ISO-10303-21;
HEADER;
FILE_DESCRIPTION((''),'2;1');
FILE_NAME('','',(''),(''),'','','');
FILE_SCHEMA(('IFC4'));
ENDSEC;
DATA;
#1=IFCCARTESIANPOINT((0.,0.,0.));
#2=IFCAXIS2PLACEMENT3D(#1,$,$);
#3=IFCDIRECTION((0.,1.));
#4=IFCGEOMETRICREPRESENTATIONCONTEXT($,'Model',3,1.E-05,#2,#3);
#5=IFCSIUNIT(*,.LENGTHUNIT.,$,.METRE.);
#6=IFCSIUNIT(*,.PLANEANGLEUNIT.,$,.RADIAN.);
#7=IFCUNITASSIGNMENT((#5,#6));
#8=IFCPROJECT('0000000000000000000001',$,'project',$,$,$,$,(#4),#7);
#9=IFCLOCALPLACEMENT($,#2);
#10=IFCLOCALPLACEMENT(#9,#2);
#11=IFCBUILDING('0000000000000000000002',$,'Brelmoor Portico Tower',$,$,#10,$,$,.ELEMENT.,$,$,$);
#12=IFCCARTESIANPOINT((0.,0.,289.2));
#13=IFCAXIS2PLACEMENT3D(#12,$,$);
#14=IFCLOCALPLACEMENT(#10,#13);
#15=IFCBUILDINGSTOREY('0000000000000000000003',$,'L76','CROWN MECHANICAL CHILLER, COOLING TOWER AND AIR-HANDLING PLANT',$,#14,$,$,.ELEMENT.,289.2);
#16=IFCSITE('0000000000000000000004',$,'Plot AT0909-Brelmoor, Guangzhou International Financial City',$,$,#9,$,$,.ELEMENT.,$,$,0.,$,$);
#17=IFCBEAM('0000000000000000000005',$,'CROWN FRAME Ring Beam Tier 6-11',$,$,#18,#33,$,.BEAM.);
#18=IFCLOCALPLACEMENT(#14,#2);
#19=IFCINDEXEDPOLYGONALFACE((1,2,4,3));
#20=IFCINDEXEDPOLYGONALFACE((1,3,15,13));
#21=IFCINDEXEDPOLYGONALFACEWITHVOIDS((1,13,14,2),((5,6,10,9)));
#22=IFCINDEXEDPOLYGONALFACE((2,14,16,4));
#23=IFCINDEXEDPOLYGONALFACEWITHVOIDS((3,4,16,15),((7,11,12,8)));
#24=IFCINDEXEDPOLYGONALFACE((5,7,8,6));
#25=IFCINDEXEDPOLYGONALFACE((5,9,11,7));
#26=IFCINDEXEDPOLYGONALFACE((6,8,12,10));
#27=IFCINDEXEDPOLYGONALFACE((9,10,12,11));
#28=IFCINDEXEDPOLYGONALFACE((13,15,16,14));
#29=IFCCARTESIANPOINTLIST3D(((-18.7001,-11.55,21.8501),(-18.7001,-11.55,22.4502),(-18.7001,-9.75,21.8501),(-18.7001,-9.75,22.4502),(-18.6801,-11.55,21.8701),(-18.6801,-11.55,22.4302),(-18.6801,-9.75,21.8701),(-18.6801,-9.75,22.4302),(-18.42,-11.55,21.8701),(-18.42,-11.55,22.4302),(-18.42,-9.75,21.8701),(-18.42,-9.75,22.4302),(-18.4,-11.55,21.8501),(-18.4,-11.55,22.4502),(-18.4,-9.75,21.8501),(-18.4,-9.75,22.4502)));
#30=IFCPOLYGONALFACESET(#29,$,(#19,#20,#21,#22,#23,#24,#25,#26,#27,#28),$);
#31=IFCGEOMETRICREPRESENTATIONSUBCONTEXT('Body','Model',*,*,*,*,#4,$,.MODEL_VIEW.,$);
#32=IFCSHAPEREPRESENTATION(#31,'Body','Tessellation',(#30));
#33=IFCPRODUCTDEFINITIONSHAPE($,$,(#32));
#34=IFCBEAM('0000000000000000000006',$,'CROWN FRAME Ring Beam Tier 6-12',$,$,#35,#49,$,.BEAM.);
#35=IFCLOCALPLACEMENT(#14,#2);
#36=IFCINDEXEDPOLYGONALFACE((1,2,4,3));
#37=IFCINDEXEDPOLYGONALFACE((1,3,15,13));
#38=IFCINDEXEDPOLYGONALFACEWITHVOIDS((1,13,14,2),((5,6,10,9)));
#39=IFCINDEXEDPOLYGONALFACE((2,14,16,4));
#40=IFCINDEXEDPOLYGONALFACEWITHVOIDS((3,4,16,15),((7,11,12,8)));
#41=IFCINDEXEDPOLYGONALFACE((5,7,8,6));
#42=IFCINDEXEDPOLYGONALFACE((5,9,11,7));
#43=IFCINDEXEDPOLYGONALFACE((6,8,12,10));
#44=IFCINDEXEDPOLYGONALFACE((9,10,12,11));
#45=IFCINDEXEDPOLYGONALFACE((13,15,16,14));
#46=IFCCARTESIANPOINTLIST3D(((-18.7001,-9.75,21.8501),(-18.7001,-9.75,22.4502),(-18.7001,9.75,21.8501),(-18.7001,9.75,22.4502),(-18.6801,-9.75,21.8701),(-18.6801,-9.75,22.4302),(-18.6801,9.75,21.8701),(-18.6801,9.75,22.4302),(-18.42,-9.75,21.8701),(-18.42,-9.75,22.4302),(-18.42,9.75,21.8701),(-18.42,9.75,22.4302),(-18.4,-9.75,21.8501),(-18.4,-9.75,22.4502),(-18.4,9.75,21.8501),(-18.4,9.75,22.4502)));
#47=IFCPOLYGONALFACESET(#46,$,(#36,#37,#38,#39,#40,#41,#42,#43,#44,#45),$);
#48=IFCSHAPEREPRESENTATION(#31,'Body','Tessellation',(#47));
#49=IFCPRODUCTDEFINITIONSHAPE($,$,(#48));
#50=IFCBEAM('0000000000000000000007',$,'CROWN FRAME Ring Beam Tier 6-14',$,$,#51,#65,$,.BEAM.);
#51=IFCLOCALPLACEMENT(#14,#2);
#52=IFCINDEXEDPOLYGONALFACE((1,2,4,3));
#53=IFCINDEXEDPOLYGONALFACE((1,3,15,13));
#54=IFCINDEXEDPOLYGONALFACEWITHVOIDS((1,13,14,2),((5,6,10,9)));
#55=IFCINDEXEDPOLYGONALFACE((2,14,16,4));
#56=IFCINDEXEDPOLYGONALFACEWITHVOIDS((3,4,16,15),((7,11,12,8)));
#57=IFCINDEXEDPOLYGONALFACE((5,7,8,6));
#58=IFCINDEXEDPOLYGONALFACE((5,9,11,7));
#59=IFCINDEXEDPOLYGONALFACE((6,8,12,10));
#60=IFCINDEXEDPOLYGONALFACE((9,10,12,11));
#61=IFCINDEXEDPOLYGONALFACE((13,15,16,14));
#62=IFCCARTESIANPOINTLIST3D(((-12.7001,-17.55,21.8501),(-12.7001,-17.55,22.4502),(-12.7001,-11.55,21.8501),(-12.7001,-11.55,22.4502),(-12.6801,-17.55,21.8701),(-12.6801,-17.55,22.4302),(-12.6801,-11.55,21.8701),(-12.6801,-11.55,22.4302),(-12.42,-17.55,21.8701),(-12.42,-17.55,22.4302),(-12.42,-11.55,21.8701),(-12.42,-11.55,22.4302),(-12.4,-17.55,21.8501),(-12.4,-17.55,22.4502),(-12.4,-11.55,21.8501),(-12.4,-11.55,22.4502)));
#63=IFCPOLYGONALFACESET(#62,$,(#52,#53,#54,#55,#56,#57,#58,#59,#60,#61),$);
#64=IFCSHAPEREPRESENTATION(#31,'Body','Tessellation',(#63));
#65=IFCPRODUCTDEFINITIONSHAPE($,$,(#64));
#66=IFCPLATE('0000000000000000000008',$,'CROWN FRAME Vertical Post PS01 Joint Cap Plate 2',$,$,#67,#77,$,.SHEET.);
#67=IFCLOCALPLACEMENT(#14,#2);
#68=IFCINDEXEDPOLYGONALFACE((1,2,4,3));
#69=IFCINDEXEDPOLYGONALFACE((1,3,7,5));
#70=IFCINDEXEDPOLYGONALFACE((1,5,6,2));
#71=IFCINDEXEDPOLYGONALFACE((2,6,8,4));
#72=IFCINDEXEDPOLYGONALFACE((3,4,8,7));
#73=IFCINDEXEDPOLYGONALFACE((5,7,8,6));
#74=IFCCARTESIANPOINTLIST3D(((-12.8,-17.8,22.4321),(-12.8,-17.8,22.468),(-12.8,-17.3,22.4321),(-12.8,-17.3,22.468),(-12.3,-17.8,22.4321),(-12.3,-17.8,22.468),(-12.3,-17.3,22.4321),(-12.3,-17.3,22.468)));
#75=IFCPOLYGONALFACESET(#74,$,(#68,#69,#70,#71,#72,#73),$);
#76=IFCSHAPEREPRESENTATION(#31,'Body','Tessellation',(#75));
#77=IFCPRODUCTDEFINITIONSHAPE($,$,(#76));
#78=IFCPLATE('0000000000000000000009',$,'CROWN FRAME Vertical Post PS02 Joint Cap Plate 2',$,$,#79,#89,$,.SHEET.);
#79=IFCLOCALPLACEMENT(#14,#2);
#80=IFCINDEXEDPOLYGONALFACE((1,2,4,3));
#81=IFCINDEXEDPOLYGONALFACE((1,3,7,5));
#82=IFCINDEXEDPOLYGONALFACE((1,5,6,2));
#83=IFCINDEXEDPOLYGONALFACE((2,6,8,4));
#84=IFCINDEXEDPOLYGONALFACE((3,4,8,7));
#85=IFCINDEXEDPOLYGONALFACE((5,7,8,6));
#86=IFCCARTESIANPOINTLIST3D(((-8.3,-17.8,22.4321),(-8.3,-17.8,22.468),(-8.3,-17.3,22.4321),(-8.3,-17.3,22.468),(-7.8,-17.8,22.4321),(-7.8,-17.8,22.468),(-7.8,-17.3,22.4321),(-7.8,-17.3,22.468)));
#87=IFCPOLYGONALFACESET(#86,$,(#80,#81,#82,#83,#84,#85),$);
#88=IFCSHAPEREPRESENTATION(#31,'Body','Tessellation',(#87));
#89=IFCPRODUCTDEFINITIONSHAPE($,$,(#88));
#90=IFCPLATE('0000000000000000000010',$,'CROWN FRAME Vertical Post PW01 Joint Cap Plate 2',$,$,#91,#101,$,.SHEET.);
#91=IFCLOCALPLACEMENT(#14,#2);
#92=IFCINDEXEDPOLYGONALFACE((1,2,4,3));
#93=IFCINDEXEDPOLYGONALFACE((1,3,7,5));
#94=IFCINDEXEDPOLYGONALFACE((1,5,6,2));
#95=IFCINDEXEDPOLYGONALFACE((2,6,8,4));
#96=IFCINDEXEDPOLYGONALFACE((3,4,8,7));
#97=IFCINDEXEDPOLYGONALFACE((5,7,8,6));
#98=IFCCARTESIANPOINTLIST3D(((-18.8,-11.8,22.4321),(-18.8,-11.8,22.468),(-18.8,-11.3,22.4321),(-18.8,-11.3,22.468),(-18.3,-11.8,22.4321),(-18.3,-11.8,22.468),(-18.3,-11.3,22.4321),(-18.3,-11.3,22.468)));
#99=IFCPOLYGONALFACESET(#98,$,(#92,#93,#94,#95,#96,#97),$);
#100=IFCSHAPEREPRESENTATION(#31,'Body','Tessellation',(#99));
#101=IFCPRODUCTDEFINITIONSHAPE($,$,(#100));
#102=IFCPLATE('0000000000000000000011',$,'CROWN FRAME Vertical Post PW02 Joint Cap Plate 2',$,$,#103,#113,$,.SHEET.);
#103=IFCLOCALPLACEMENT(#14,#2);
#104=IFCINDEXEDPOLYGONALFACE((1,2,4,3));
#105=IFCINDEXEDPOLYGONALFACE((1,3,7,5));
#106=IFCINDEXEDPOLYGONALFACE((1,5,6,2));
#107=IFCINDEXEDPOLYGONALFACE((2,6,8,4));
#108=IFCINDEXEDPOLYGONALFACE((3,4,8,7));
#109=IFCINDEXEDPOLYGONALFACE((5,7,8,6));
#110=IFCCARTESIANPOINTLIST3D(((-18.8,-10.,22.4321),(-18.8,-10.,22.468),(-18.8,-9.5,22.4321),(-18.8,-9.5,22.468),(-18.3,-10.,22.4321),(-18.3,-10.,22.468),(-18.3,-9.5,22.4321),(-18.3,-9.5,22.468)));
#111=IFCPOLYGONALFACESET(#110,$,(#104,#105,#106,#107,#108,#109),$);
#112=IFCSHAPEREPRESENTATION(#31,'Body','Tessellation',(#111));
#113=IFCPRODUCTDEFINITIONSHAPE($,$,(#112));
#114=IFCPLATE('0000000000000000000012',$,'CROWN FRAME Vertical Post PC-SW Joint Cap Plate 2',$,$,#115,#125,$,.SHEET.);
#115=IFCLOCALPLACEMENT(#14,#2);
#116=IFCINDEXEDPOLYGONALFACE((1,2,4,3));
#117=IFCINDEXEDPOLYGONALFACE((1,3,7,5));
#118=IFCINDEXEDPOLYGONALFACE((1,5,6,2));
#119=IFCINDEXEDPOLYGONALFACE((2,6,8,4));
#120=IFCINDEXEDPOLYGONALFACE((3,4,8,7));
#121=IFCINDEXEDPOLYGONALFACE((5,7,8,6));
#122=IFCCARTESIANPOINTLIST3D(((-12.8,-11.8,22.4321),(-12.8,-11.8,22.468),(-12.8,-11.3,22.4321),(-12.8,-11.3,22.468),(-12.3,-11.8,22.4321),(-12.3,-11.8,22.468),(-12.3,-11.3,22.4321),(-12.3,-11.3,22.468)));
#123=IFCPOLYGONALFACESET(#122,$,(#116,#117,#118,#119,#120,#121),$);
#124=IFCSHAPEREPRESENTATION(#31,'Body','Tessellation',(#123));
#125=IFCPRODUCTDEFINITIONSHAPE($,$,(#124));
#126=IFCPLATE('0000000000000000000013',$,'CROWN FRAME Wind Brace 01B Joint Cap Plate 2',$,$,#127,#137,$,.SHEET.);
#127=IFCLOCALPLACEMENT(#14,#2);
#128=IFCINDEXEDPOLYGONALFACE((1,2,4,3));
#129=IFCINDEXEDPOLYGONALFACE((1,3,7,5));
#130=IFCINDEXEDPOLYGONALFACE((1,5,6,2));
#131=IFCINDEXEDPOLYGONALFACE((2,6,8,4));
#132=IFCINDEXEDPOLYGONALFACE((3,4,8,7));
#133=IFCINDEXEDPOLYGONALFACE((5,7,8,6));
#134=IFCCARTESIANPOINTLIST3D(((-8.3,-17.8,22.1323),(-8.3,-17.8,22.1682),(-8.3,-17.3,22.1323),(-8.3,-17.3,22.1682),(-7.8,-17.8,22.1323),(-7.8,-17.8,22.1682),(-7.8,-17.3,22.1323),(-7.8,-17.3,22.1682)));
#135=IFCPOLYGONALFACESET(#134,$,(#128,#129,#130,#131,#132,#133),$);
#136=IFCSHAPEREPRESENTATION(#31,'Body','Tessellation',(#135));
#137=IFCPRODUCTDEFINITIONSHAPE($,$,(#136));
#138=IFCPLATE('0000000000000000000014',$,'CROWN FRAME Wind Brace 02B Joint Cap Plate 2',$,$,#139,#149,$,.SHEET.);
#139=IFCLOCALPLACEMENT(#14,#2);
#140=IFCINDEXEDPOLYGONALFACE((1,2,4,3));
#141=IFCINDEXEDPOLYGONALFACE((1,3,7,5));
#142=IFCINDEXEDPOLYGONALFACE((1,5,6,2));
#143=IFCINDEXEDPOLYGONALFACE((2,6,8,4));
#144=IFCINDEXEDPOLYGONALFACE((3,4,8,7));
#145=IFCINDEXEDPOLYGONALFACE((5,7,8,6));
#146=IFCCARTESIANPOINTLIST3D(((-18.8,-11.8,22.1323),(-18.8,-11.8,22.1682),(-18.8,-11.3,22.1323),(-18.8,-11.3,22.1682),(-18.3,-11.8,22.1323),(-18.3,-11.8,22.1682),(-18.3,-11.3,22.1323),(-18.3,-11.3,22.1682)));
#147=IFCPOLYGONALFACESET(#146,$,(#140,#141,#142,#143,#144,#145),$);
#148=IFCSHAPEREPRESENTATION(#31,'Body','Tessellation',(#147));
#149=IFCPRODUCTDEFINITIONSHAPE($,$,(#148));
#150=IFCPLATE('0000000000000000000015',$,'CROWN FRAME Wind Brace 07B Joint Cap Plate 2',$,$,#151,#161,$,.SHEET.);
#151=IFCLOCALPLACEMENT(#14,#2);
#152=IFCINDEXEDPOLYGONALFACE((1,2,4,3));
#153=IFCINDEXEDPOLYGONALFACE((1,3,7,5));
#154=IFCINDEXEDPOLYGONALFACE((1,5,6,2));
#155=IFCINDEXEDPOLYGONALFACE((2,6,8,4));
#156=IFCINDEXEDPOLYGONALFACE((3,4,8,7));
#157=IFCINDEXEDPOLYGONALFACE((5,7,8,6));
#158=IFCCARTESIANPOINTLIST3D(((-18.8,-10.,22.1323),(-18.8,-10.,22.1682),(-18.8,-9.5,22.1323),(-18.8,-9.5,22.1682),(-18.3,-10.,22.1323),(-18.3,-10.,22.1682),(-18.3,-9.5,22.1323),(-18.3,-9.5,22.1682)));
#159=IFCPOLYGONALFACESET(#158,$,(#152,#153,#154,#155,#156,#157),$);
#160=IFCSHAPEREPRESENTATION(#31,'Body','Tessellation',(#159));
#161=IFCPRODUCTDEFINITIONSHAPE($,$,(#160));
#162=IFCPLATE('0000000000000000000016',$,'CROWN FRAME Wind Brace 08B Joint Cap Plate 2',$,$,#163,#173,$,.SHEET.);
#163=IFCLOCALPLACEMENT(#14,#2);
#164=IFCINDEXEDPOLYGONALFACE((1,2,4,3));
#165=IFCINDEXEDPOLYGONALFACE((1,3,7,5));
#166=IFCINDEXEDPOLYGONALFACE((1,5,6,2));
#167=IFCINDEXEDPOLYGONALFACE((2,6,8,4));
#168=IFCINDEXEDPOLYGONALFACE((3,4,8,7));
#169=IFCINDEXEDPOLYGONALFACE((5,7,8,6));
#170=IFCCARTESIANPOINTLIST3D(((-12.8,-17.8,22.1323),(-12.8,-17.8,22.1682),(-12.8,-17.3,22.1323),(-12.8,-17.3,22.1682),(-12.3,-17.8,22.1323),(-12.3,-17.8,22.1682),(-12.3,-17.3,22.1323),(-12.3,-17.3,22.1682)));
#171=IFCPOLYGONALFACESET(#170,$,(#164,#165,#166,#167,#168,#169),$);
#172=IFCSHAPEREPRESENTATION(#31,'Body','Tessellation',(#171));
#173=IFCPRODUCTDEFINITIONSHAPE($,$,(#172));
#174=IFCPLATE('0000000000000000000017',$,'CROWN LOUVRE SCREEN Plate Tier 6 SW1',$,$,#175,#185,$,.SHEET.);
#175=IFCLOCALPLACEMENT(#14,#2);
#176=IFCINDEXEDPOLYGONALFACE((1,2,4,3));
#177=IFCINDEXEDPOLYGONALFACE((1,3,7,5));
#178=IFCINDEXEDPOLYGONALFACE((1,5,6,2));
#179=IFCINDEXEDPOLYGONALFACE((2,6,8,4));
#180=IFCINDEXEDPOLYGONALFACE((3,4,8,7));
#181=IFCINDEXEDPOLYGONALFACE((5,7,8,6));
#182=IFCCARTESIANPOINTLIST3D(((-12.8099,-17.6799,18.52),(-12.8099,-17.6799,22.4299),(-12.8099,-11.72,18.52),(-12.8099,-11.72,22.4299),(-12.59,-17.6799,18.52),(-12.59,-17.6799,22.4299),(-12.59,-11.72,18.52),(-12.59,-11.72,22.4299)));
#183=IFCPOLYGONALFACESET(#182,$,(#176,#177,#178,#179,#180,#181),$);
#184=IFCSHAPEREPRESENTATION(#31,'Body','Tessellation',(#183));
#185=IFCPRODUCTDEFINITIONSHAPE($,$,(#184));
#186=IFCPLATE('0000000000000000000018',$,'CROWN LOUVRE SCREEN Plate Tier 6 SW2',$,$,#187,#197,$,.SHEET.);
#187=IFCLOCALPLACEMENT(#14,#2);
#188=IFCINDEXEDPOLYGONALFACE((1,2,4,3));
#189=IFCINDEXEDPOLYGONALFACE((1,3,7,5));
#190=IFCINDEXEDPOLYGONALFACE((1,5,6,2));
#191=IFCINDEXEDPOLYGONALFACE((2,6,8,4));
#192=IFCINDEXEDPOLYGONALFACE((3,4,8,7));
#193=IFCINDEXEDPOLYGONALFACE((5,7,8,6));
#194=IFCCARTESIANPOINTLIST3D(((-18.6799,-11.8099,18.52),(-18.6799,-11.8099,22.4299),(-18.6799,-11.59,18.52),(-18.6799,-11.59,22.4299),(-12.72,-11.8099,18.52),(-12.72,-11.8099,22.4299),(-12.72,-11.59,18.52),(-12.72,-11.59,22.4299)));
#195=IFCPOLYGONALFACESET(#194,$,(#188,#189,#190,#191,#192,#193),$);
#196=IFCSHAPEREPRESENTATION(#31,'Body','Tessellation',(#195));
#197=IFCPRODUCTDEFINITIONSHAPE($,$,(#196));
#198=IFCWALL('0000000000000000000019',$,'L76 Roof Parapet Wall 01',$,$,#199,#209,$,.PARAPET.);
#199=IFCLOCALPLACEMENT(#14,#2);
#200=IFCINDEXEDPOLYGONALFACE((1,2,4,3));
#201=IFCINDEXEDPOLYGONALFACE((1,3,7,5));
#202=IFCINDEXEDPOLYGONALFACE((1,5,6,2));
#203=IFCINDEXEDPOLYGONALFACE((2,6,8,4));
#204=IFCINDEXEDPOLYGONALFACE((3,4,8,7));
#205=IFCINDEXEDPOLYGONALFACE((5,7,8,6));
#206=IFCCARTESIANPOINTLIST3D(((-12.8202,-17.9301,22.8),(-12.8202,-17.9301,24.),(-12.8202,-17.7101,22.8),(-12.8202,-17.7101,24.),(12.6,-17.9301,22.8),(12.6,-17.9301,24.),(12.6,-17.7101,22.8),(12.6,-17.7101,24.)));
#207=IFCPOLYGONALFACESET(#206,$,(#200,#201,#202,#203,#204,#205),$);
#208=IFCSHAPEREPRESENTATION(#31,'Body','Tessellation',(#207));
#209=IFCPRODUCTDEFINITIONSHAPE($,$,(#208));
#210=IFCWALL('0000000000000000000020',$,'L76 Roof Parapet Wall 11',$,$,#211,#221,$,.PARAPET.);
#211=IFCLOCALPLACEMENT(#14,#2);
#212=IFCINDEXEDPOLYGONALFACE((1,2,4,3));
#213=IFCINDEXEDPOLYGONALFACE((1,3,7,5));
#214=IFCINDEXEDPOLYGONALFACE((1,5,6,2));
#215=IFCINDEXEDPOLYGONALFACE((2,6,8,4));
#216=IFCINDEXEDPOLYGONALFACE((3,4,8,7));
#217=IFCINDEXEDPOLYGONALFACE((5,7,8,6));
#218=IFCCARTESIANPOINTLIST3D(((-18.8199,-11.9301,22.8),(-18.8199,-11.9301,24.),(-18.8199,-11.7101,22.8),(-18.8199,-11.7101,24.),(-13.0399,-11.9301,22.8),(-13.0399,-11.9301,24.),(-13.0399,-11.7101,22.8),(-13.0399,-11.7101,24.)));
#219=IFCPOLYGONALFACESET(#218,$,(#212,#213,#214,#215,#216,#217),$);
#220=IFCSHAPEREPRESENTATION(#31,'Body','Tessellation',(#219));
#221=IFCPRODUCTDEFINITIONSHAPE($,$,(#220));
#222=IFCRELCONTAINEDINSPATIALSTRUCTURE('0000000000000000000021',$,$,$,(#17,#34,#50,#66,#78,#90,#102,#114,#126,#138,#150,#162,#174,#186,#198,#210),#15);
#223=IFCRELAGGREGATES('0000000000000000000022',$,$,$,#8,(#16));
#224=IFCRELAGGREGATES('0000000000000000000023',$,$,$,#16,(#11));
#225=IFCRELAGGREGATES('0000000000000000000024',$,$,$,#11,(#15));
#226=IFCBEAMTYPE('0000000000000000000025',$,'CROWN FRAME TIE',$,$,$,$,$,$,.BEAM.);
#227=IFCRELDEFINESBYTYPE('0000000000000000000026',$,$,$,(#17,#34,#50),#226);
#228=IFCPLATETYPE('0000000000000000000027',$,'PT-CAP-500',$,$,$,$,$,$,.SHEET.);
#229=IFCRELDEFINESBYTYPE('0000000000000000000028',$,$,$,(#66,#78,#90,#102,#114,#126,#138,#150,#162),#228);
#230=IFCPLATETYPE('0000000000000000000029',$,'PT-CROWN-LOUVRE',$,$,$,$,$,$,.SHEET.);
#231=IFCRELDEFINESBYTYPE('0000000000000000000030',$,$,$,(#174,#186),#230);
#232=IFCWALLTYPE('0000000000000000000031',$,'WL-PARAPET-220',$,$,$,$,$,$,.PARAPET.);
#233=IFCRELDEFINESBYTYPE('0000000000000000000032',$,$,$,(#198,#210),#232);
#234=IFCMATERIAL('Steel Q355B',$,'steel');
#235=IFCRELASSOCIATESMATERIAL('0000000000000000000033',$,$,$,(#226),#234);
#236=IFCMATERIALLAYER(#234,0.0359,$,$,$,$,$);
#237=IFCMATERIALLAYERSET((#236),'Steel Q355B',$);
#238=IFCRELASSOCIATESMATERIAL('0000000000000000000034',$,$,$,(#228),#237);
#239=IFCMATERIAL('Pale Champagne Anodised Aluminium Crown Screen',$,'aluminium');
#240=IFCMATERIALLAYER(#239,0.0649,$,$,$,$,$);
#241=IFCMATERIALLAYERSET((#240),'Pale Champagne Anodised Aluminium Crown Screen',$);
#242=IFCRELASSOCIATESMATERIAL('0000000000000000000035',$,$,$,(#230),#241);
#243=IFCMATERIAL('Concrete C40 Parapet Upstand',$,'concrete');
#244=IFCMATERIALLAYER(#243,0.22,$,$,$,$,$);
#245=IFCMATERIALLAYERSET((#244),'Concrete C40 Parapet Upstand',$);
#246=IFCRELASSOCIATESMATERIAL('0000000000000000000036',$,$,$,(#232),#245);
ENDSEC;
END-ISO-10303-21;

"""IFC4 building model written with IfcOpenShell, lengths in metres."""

from ifc_helpers import new_model, si_unit, direction, frame, frame_2d, origin, origin_2d, place, context, subcontext, project, spatial, rectangle, hollow_rectangle, extrude, material, layer, layer_set, material_profile, profile_set, type_object, element, save


model = new_model("IFC4")

# Units and contexts
model_context = context("Model", 3, precision=1e-05, world=origin(), true_north=direction((0.0, 1.0)))
body_context = subcontext(model_context, "Body", "Model", "MODEL_VIEW")
ifc_project = project(units=[si_unit("LENGTHUNIT", "METRE"), si_unit("PLANEANGLEUNIT", "RADIAN")], contexts=[model_context])

# Site, building, storey
site_placement = place(None, origin())
site = spatial("IfcSite", under=ifc_project, at=site_placement, Name="Plot AT0909-Brelmoor, Guangzhou International Financial City", CompositionType="ELEMENT", RefElevation=0.0)
building_placement = place(site_placement, origin())
building = spatial("IfcBuilding", under=site, at=building_placement, Name="Brelmoor Portico Tower", CompositionType="ELEMENT")
storey_placement = place(building_placement, frame((0.0, 0.0, 289.2)))
storey = spatial("IfcBuildingStorey", under=building, at=storey_placement, Name="L76", Description="CROWN MECHANICAL CHILLER, COOLING TOWER AND AIR-HANDLING PLANT", CompositionType="ELEMENT", Elevation=289.2)

# Beams
ifc_material_1 = material(Name="Steel Q355B", Category="steel")
ifc_material_profile_1 = material_profile(ifc_material_1, hollow_rectangle(XDim=0.3, YDim=0.6001, WallThickness=0.02, at=origin_2d()), Name="RHS 300x600x20")
ifc_profile_set_1 = profile_set([ifc_material_profile_1], Name="Steel Q355B")
beam_type_1 = type_object("IfcBeamType", Name="CROWN FRAME TIE", PredefinedType="BEAM", material=ifc_profile_set_1)
beam_1_placement = place(storey_placement, frame((-18.55, -11.55, 22.1501), z_axis=(0.0, 1.0, 0.0), x_axis=(-1.0, 0.0, 0.0)))
element("IfcBeam", 1, at=beam_1_placement, inside=storey, type_object=beam_type_1, Name="CROWN FRAME Ring Beam Tier 6-11", PredefinedType="BEAM", context=body_context, shape_type="SweptSolid", body=[
    extrude(hollow_rectangle(XDim=0.3, YDim=0.6001, WallThickness=0.02, at=origin_2d()), origin(), (0.0, 0.0, 1.0), 1.8),
])
beam_2_placement = place(storey_placement, frame((-18.55, -9.75, 22.1501), z_axis=(0.0, 1.0, 0.0), x_axis=(-1.0, 0.0, 0.0)))
element("IfcBeam", 2, at=beam_2_placement, inside=storey, type_object=beam_type_1, Name="CROWN FRAME Ring Beam Tier 6-12", PredefinedType="BEAM", context=body_context, shape_type="SweptSolid", body=[
    extrude(hollow_rectangle(XDim=0.3, YDim=0.6001, WallThickness=0.02, at=origin_2d()), origin(), (0.0, 0.0, 1.0), 19.5),
])
beam_3_placement = place(storey_placement, frame((-12.55, -17.55, 22.1501), z_axis=(0.0, 1.0, 0.0), x_axis=(-1.0, 0.0, 0.0)))
element("IfcBeam", 3, at=beam_3_placement, inside=storey, type_object=beam_type_1, Name="CROWN FRAME Ring Beam Tier 6-14", PredefinedType="BEAM", context=body_context, shape_type="SweptSolid", body=[
    extrude(hollow_rectangle(XDim=0.3, YDim=0.6001, WallThickness=0.02, at=origin_2d()), origin(), (0.0, 0.0, 1.0), 6.0),
])

# Plates
ifc_layer_1 = layer(ifc_material_1, 0.0359)
ifc_layer_set_1 = layer_set([ifc_layer_1], Name="Steel Q355B")
plate_type_1 = type_object("IfcPlateType", Name="PT-CAP-500", PredefinedType="SHEET", material=ifc_layer_set_1)
for number, where, z_axis, x_axis, name in (
    (4, (-12.55, -17.55, 22.4321), (0.0, 0.0, 1.0), (1.0, 0.0, 0.0), "CROWN FRAME Vertical Post PS01 Joint Cap Plate 2"),
    (5, (-8.05, -17.55, 22.4321), (0.0, 0.0, 1.0), (1.0, 0.0, 0.0), "CROWN FRAME Vertical Post PS02 Joint Cap Plate 2"),
    (6, (-18.55, -11.55, 22.4321), (0.0, 0.0, 1.0), (1.0, 0.0, 0.0), "CROWN FRAME Vertical Post PW01 Joint Cap Plate 2"),
    (7, (-18.55, -9.75, 22.4321), (0.0, 0.0, 1.0), (1.0, 0.0, 0.0), "CROWN FRAME Vertical Post PW02 Joint Cap Plate 2"),
    (8, (-12.55, -11.55, 22.4321), (0.0, 0.0, 1.0), (1.0, 0.0, 0.0), "CROWN FRAME Vertical Post PC-SW Joint Cap Plate 2"),
    (9, (-8.05, -17.55, 22.1323), (0.0, 0.0, 1.0), (1.0, 0.0, 0.0), "CROWN FRAME Wind Brace 01B Joint Cap Plate 2"),
    (10, (-18.55, -11.55, 22.1323), (0.0, 0.0, 1.0), (1.0, 0.0, 0.0), "CROWN FRAME Wind Brace 02B Joint Cap Plate 2"),
    (11, (-18.55, -9.75, 22.1323), (0.0, 0.0, 1.0), (1.0, 0.0, 0.0), "CROWN FRAME Wind Brace 07B Joint Cap Plate 2"),
    (12, (-12.55, -17.55, 22.1323), (0.0, 0.0, 1.0), (1.0, 0.0, 0.0), "CROWN FRAME Wind Brace 08B Joint Cap Plate 2"),
):
    element("IfcPlate", number, at=place(storey_placement, frame(where, z_axis=z_axis, x_axis=x_axis)), inside=storey, type_object=plate_type_1, Name=name, PredefinedType="SHEET", context=body_context, shape_type="SweptSolid", body=[
        extrude(rectangle(XDim=0.5, YDim=0.5, at=origin_2d()), origin(), (0.0, 0.0, 1.0), 0.0359),
    ])
ifc_material_2 = material(Name="Pale Champagne Anodised Aluminium Crown Screen", Category="aluminium")
ifc_layer_2 = layer(ifc_material_2, 0.0649)
ifc_layer_set_2 = layer_set([ifc_layer_2], Name="Pale Champagne Anodised Aluminium Crown Screen")
plate_type_2 = type_object("IfcPlateType", Name="PT-CROWN-LOUVRE", PredefinedType="SHEET", material=ifc_layer_set_2)
for number, where, z_axis, x_axis, name in (
    (13, (-12.7, -14.7, 18.52), (0.0, 0.0, 1.0), (0.0, 1.0, 0.0), "CROWN LOUVRE SCREEN Plate Tier 6 SW1"),
    (14, (-15.7, -11.7, 18.52), (0.0, 0.0, 1.0), (1.0, 0.0, 0.0), "CROWN LOUVRE SCREEN Plate Tier 6 SW2"),
):
    element("IfcPlate", number, at=place(storey_placement, frame(where, z_axis=z_axis, x_axis=x_axis)), inside=storey, type_object=plate_type_2, Name=name, PredefinedType="SHEET", context=body_context, shape_type="SweptSolid", body=[
        extrude(rectangle(XDim=5.96, YDim=0.22, at=origin_2d()), origin(), (0.0, 0.0, 1.0), 3.9099),
    ])

# Walls
ifc_material_3 = material(Name="Concrete C40 Parapet Upstand", Category="concrete")
ifc_layer_3 = layer(ifc_material_3, 0.22)
ifc_layer_set_3 = layer_set([ifc_layer_3], Name="Concrete C40 Parapet Upstand")
wall_type = type_object("IfcWallType", Name="WL-PARAPET-220", PredefinedType="PARAPET", material=ifc_layer_set_3)
wall_placement = place(storey_placement, frame((-12.8201, -17.8201, 22.8), z_axis=(0.0, 0.0, 1.0), x_axis=(1.0, 0.0, 0.0)))
element("IfcWall", 15, at=wall_placement, inside=storey, type_object=wall_type, Name="L76 Roof Parapet Wall 01", PredefinedType="PARAPET", context=body_context, shape_type="SweptSolid", body=[
    extrude(rectangle(XDim=25.4202, YDim=0.22, at=frame_2d((12.71, 0.0))), origin(), (0.0, 0.0, 1.0), 1.2),
])
for number, where, z_axis, x_axis, name in (
    (16, (-18.8201, -11.8201, 22.8), (0.0, 0.0, 1.0), (1.0, 0.0, 0.0), "L76 Roof Parapet Wall 11"),
):
    element("IfcWall", number, at=place(storey_placement, frame(where, z_axis=z_axis, x_axis=x_axis)), inside=storey, type_object=wall_type, Name=name, PredefinedType="PARAPET", context=body_context, shape_type="SweptSolid", body=[
        extrude(rectangle(XDim=5.78, YDim=0.22, at=frame_2d((2.8901, 0.0))), origin(), (0.0, 0.0, 1.0), 1.2),
    ])

save(model, "model.ifc")
